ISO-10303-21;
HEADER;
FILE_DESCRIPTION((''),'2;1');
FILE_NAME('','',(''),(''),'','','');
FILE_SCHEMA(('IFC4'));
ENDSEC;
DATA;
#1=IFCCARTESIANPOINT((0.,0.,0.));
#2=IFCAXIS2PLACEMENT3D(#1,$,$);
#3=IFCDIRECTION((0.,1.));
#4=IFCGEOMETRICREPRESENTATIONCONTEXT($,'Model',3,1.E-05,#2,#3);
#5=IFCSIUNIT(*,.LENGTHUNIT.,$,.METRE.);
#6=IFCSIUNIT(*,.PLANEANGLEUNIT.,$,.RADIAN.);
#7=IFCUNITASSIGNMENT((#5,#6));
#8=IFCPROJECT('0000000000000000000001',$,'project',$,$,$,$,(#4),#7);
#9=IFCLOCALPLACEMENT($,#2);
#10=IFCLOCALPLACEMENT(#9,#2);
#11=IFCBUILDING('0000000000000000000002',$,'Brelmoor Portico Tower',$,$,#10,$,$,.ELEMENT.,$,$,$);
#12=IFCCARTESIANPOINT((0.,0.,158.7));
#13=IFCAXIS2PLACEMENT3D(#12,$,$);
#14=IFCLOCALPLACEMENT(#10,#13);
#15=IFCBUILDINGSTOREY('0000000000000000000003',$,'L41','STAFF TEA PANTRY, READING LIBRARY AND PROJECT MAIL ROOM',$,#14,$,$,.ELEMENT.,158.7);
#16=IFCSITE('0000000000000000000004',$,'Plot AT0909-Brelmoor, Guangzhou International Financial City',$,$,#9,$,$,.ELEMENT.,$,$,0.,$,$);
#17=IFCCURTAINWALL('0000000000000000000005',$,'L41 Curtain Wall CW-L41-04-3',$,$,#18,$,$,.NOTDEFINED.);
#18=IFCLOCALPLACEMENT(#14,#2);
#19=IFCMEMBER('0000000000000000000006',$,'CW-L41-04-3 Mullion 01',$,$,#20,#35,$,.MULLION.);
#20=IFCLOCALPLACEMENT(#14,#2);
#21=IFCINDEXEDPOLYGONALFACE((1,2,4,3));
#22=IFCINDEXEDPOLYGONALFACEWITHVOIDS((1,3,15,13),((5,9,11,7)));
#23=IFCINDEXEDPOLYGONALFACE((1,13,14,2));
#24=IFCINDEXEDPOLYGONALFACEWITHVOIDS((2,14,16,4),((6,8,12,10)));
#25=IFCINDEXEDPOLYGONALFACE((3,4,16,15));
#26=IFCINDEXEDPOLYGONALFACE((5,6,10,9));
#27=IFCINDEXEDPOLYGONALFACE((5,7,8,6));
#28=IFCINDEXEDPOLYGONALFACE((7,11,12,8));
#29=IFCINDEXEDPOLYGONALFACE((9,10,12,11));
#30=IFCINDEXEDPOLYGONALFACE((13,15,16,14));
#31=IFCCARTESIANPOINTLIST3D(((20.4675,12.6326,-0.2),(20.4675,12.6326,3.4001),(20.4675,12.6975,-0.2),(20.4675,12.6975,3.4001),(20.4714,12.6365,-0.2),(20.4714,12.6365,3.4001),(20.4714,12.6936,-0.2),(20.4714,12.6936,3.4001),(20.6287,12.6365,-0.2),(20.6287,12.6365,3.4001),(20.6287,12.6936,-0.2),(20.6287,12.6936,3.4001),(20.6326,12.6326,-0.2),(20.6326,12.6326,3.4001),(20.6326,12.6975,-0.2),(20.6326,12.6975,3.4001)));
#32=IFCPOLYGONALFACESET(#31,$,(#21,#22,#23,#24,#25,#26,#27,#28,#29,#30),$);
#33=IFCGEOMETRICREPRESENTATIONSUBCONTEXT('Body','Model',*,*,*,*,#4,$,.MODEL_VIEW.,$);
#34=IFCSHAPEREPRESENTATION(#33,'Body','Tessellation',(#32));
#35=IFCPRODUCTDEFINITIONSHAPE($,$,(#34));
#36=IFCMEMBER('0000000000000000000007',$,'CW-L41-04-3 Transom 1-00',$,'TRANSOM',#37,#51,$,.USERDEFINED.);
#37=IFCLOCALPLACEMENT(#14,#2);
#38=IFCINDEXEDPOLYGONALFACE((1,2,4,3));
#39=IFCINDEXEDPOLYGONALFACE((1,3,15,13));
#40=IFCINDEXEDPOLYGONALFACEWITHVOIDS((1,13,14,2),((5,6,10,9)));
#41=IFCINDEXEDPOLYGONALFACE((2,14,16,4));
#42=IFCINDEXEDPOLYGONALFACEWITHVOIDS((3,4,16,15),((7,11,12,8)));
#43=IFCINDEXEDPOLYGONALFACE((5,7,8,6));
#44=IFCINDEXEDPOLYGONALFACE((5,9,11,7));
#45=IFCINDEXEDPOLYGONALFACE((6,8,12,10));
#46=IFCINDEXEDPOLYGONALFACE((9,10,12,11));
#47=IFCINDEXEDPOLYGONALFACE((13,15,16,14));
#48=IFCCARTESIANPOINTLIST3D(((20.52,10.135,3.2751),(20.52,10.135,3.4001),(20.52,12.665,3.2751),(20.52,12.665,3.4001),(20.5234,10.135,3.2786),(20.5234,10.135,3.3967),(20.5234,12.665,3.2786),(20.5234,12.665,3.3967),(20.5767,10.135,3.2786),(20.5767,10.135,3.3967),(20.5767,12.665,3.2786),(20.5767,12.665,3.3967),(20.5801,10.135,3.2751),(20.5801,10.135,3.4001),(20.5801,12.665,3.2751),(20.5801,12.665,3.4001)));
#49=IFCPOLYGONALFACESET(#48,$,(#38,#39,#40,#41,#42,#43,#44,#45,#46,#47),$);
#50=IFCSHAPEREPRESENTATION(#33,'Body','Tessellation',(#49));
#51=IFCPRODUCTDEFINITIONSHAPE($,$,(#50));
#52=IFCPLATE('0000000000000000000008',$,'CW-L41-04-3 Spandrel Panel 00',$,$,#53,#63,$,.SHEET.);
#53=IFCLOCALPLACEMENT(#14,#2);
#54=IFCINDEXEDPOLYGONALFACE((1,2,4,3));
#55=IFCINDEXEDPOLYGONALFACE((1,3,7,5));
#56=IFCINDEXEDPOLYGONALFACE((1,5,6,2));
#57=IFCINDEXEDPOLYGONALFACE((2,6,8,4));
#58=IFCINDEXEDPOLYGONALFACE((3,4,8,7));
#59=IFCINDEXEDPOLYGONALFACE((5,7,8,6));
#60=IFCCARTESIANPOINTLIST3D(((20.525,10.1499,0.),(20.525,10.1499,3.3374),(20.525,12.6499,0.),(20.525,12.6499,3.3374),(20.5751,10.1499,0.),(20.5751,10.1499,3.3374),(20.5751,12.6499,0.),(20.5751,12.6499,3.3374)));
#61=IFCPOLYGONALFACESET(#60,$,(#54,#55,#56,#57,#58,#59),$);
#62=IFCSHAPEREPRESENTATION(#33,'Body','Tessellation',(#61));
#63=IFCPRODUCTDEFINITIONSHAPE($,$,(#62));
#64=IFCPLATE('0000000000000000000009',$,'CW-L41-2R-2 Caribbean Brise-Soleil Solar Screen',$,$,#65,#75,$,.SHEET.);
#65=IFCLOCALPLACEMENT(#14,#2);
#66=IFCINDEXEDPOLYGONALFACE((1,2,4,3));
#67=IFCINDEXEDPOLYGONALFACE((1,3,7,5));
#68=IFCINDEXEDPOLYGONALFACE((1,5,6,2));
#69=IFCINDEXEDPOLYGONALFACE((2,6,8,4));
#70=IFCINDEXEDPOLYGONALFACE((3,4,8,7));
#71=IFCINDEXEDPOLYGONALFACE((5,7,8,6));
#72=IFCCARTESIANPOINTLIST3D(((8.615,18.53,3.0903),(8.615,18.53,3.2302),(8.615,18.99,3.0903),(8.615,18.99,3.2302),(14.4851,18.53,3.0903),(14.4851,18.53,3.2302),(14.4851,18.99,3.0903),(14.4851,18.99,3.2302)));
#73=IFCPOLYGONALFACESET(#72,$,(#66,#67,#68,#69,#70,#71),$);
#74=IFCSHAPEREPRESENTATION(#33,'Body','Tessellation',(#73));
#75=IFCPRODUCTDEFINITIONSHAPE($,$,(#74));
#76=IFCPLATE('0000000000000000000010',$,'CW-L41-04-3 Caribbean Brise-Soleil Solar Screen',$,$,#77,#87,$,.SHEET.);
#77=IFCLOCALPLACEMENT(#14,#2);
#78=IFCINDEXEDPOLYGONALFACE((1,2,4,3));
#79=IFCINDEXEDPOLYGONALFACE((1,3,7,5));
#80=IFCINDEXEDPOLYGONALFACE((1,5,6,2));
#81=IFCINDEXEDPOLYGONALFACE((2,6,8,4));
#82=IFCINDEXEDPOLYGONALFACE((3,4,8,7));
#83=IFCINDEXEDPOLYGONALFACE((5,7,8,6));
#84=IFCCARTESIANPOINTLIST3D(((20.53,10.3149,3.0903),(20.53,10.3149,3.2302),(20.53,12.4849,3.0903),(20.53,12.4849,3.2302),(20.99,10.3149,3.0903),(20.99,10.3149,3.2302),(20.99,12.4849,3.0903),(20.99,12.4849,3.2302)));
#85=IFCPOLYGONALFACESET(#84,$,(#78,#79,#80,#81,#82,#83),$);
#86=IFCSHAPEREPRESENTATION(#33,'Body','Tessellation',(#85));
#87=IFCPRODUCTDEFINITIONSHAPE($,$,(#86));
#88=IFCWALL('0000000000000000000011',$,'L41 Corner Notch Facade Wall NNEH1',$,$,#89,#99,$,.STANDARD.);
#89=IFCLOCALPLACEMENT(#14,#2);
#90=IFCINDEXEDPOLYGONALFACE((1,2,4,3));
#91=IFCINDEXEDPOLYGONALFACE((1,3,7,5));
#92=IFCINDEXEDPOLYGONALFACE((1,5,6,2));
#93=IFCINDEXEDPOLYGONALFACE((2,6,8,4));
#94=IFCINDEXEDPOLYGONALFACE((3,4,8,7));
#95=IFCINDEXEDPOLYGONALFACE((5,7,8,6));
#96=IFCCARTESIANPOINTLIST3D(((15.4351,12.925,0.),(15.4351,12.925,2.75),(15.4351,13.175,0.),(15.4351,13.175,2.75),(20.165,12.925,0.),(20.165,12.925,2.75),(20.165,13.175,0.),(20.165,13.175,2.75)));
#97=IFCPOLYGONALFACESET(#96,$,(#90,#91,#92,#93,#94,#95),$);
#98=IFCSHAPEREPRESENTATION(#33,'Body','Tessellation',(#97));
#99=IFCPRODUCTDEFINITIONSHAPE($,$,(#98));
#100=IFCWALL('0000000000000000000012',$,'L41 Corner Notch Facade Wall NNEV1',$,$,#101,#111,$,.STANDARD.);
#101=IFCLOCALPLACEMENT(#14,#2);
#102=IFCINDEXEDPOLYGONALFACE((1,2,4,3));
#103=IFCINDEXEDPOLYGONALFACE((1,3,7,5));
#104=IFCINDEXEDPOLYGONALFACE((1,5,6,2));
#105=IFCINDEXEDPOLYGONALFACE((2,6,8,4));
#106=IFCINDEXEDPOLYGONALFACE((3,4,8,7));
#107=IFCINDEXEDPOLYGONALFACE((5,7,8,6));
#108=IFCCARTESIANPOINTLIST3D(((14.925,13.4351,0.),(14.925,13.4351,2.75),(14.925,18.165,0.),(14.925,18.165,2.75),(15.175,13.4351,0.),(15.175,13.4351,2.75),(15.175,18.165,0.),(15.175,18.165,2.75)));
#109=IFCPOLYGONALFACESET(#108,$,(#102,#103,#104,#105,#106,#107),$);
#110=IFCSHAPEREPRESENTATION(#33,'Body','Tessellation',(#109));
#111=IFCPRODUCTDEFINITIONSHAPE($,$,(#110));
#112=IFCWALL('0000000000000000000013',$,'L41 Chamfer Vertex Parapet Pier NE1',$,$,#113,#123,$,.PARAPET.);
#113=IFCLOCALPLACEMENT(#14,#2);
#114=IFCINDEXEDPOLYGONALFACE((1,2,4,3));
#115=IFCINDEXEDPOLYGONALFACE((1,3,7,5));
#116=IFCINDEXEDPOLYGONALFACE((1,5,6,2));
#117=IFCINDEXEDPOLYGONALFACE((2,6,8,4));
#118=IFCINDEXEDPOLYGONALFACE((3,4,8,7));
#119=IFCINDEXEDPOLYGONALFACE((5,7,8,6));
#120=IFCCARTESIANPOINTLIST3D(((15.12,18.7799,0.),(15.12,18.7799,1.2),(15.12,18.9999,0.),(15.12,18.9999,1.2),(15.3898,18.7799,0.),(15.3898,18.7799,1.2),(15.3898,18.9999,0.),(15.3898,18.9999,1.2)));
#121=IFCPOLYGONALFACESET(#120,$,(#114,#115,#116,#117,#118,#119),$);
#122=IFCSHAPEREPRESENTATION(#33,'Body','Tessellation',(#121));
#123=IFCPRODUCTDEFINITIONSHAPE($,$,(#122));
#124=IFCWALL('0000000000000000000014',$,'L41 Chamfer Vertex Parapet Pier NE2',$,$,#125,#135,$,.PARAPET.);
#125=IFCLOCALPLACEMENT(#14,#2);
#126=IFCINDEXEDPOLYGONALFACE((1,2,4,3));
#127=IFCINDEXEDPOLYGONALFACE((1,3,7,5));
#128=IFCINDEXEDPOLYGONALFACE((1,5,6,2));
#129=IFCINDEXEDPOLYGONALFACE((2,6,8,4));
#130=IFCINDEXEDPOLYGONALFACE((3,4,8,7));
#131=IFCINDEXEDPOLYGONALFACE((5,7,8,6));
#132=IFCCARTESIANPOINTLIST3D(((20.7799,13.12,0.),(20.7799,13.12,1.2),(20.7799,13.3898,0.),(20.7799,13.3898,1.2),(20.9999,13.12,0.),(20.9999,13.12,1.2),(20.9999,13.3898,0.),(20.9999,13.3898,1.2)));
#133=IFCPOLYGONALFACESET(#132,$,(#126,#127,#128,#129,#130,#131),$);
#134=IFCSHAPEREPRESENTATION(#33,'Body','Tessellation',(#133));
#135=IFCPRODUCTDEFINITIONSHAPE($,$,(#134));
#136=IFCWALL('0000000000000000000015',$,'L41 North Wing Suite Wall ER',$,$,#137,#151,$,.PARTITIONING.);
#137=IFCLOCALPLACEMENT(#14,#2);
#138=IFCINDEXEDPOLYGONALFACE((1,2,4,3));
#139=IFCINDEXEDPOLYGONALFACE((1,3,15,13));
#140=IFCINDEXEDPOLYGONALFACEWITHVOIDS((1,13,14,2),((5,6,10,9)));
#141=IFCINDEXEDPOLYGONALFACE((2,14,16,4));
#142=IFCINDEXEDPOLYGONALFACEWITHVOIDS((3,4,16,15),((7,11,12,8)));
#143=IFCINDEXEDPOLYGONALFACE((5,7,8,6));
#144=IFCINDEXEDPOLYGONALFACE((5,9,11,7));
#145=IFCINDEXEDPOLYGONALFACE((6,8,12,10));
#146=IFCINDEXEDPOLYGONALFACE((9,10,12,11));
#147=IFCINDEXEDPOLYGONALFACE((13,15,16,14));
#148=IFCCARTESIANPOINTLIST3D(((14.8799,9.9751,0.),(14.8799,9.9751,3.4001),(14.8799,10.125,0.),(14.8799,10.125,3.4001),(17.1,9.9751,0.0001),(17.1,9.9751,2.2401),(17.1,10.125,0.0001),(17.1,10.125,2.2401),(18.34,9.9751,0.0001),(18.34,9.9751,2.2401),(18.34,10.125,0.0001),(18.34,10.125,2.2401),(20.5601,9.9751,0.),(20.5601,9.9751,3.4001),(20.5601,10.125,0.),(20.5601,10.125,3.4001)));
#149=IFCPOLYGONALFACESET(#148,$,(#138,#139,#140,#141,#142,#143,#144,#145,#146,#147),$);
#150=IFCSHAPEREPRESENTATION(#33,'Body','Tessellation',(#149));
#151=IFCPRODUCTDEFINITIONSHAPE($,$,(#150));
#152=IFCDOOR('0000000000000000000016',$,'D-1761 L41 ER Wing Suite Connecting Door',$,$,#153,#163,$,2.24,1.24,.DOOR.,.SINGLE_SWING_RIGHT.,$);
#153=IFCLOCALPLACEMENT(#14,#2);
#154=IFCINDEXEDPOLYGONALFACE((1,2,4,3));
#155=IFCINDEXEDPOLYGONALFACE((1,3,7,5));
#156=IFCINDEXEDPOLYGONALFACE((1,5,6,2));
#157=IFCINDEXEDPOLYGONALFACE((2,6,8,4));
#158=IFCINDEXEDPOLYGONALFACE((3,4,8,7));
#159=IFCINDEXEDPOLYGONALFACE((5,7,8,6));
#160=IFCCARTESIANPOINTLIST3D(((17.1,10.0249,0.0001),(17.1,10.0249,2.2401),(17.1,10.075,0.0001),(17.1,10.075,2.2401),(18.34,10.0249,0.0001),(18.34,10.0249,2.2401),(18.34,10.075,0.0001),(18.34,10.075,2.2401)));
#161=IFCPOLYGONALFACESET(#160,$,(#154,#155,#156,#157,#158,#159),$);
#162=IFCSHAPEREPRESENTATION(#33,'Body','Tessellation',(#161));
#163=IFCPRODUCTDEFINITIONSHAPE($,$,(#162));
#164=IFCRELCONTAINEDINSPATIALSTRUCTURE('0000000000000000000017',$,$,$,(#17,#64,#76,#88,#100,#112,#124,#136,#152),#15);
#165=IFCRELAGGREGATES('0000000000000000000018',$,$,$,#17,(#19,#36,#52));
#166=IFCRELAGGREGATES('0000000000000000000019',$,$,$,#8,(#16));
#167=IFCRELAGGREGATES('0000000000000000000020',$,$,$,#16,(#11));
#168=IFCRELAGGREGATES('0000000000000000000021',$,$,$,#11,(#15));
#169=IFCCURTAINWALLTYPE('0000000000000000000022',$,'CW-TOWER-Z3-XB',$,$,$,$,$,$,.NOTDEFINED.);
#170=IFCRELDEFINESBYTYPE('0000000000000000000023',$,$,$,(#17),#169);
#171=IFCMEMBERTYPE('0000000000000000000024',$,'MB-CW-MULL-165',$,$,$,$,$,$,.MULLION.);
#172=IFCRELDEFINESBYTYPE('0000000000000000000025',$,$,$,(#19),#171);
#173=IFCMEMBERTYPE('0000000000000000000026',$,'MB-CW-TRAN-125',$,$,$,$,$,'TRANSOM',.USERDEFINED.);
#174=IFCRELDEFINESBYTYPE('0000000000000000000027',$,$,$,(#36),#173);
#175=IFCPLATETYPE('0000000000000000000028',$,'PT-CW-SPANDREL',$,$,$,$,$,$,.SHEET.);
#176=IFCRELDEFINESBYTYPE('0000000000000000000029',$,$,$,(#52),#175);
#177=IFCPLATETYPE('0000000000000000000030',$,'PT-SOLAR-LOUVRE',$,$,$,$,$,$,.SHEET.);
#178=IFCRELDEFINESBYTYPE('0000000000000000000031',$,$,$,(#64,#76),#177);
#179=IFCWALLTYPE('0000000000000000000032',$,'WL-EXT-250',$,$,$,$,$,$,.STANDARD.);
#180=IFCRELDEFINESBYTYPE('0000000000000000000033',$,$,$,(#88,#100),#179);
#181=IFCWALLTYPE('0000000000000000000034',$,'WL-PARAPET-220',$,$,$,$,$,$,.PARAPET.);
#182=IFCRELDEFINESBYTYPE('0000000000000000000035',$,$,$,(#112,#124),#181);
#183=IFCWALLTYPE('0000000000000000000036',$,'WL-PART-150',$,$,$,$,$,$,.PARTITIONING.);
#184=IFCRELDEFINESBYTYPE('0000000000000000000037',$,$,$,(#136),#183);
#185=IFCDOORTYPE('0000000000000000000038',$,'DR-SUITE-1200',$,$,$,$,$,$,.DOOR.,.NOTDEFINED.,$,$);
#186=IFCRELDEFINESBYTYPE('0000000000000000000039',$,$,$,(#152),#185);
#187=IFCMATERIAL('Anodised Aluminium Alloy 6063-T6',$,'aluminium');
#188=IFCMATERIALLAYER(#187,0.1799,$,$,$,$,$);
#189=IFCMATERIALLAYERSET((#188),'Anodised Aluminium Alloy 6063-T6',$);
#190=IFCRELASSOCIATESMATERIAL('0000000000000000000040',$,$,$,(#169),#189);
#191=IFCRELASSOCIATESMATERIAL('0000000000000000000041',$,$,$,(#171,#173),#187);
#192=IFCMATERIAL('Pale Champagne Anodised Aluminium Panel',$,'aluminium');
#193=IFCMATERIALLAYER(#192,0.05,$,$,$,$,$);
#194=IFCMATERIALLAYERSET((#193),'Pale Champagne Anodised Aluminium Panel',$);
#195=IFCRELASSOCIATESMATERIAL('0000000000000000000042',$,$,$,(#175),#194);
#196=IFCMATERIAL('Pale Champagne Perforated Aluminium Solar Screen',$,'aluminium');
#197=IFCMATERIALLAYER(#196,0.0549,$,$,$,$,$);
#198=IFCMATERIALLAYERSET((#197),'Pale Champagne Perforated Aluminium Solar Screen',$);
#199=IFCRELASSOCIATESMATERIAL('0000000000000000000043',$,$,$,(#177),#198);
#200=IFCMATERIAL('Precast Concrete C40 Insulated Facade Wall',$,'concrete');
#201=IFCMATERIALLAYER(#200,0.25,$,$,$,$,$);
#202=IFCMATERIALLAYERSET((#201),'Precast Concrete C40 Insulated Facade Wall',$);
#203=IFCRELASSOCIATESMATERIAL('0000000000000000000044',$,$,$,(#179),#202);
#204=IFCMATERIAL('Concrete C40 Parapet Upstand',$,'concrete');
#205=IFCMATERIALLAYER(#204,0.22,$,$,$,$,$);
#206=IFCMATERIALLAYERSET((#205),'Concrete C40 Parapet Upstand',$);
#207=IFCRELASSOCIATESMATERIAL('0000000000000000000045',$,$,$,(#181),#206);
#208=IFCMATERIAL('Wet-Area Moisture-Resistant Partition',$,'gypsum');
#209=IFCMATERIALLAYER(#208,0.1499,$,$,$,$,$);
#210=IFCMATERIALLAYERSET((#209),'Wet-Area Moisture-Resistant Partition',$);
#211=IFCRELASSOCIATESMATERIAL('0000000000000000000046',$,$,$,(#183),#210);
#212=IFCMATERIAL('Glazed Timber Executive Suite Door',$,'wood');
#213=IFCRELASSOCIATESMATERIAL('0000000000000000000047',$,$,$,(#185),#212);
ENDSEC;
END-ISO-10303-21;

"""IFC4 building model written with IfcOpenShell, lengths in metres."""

from ifc_helpers import new_model, si_unit, direction, frame, frame_2d, origin, origin_2d, place, context, subcontext, project, spatial, rectangle, hollow_rectangle, extrude, material, layer, layer_set, material_profile, profile_set, type_object, element, fill, aggregate, save


model = new_model("IFC4")

# Units and contexts
model_context = context("Model", 3, precision=1e-05, world=origin(), true_north=direction((0.0, 1.0)))
body_context = subcontext(model_context, "Body", "Model", "MODEL_VIEW")
ifc_project = project(units=[si_unit("LENGTHUNIT", "METRE"), si_unit("PLANEANGLEUNIT", "RADIAN")], contexts=[model_context])

# Site, building, storey
site_placement = place(None, origin())
site = spatial("IfcSite", under=ifc_project, at=site_placement, Name="Plot AT0909-Brelmoor, Guangzhou International Financial City", CompositionType="ELEMENT", RefElevation=0.0)
building_placement = place(site_placement, origin())
building = spatial("IfcBuilding", under=site, at=building_placement, Name="Brelmoor Portico Tower", CompositionType="ELEMENT")
storey_placement = place(building_placement, frame((0.0, 0.0, 158.7)))
storey = spatial("IfcBuildingStorey", under=building, at=storey_placement, Name="L41", Description="STAFF TEA PANTRY, READING LIBRARY AND PROJECT MAIL ROOM", CompositionType="ELEMENT", Elevation=158.7)

# Shared definitions
ifc_material_1 = material(Name="Anodised Aluminium Alloy 6063-T6", Category="aluminium")
ifc_layer_1 = layer(ifc_material_1, 0.1799)
ifc_layer_set_1 = layer_set([ifc_layer_1], Name="Anodised Aluminium Alloy 6063-T6")
curtain_wall_type = type_object("IfcCurtainWallType", Name="CW-TOWER-Z3-XB", PredefinedType="NOTDEFINED", material=ifc_layer_set_1)
ifc_material_profile_1 = material_profile(ifc_material_1, hollow_rectangle(XDim=0.0649, YDim=0.165, WallThickness=0.0039, at=origin_2d()), Name="ALU MULLION 65x165")
ifc_profile_set_1 = profile_set([ifc_material_profile_1], Name="Anodised Aluminium Alloy 6063-T6")
member_type_1 = type_object("IfcMemberType", Name="MB-CW-MULL-165", PredefinedType="MULLION", material=ifc_profile_set_1)

# Curtain wall, members, plate
curtain_wall_1_placement = place(storey_placement, origin())
curtain_wall_1 = element("IfcCurtainWall", 1, at=curtain_wall_1_placement, inside=storey, type_object=curtain_wall_type, Name="L41 Curtain Wall CW-L41-04-3", PredefinedType="NOTDEFINED")
member_1_placement = place(storey_placement, frame((20.55, 12.665, -0.2), z_axis=(0.0, 0.0, 1.0), x_axis=(0.0, 1.0, 0.0)))
member_1 = element("IfcMember", 2, at=member_1_placement, type_object=member_type_1, Name="CW-L41-04-3 Mullion 01", PredefinedType="MULLION", context=body_context, shape_type="SweptSolid", body=[
    extrude(hollow_rectangle(XDim=0.0649, YDim=0.165, WallThickness=0.0039, at=origin_2d()), origin(), (0.0, 0.0, 1.0), 3.6001),
])
ifc_material_profile_2 = material_profile(ifc_material_1, hollow_rectangle(XDim=0.0601, YDim=0.125, WallThickness=0.0034, at=origin_2d()), Name="ALU TRANSOM 60x125")
ifc_profile_set_2 = profile_set([ifc_material_profile_2], Name="Anodised Aluminium Alloy 6063-T6")
member_type_2 = type_object("IfcMemberType", Name="MB-CW-TRAN-125", ElementType="TRANSOM", PredefinedType="USERDEFINED", material=ifc_profile_set_2)
member_2_placement = place(storey_placement, frame((20.55, 10.135, 3.3376), z_axis=(0.0, 1.0, 0.0), x_axis=(-1.0, 0.0, 0.0)))
member_2 = element("IfcMember", 3, at=member_2_placement, type_object=member_type_2, Name="CW-L41-04-3 Transom 1-00", ObjectType="TRANSOM", PredefinedType="USERDEFINED", context=body_context, shape_type="SweptSolid", body=[
    extrude(hollow_rectangle(XDim=0.0601, YDim=0.125, WallThickness=0.0034, at=origin_2d()), origin(), (0.0, 0.0, 1.0), 2.53),
])
ifc_material_2 = material(Name="Pale Champagne Anodised Aluminium Panel", Category="aluminium")
ifc_layer_2 = layer(ifc_material_2, 0.05)
ifc_layer_set_2 = layer_set([ifc_layer_2], Name="Pale Champagne Anodised Aluminium Panel")
plate_type_1 = type_object("IfcPlateType", Name="PT-CW-SPANDREL", PredefinedType="SHEET", material=ifc_layer_set_2)
plate_1_placement = place(storey_placement, frame((20.55, 11.3999, 0.0), z_axis=(0.0, 0.0, 1.0), x_axis=(0.0, 1.0, 0.0)))
plate_1 = element("IfcPlate", 4, at=plate_1_placement, type_object=plate_type_1, Name="CW-L41-04-3 Spandrel Panel 00", PredefinedType="SHEET", context=body_context, shape_type="SweptSolid", body=[
    extrude(rectangle(XDim=2.5, YDim=0.05, at=origin_2d()), origin(), (0.0, 0.0, 1.0), 3.3374),
])
aggregate(curtain_wall_1, [member_1, member_2, plate_1])

# Plates
ifc_material_3 = material(Name="Pale Champagne Perforated Aluminium Solar Screen", Category="aluminium")
ifc_layer_3 = layer(ifc_material_3, 0.0549)
ifc_layer_set_3 = layer_set([ifc_layer_3], Name="Pale Champagne Perforated Aluminium Solar Screen")
plate_type_2 = type_object("IfcPlateType", Name="PT-SOLAR-LOUVRE", PredefinedType="SHEET", material=ifc_layer_set_3)
plate_2_placement = place(storey_placement, frame((11.55, 18.76, 3.0903), z_axis=(0.0, 0.0, 1.0), x_axis=(1.0, 0.0, 0.0)))
element("IfcPlate", 5, at=plate_2_placement, inside=storey, type_object=plate_type_2, Name="CW-L41-2R-2 Caribbean Brise-Soleil Solar Screen", PredefinedType="SHEET", context=body_context, shape_type="SweptSolid", body=[
    extrude(rectangle(XDim=5.8701, YDim=0.46, at=origin_2d()), origin(), (0.0, 0.0, 1.0), 0.1399),
])
plate_3_placement = place(storey_placement, frame((20.76, 11.3999, 3.0903), z_axis=(0.0, 0.0, 1.0), x_axis=(0.0, 1.0, 0.0)))
element("IfcPlate", 6, at=plate_3_placement, inside=storey, type_object=plate_type_2, Name="CW-L41-04-3 Caribbean Brise-Soleil Solar Screen", PredefinedType="SHEET", context=body_context, shape_type="SweptSolid", body=[
    extrude(rectangle(XDim=2.1699, YDim=0.46, at=origin_2d()), origin(), (0.0, 0.0, 1.0), 0.1399),
])

# Walls
ifc_material_4 = material(Name="Precast Concrete C40 Insulated Facade Wall", Category="concrete")
ifc_layer_4 = layer(ifc_material_4, 0.25)
ifc_layer_set_4 = layer_set([ifc_layer_4], Name="Precast Concrete C40 Insulated Facade Wall")
wall_type_1 = type_object("IfcWallType", Name="WL-EXT-250", PredefinedType="STANDARD", material=ifc_layer_set_4)
for number, where, z_axis, x_axis, name in (
    (7, (15.4351, 13.05, 0.0), (0.0, 0.0, 1.0), (1.0, 0.0, 0.0), "L41 Corner Notch Facade Wall NNEH1"),
    (8, (15.05, 13.4351, 0.0), (0.0, 0.0, 1.0), (0.0, 1.0, 0.0), "L41 Corner Notch Facade Wall NNEV1"),
):
    element("IfcWall", number, at=place(storey_placement, frame(where, z_axis=z_axis, x_axis=x_axis)), inside=storey, type_object=wall_type_1, Name=name, PredefinedType="STANDARD", context=body_context, shape_type="SweptSolid", body=[
        extrude(rectangle(XDim=4.73, YDim=0.25, at=frame_2d((2.365, 0.0))), origin(), (0.0, 0.0, 1.0), 2.75),
    ])
ifc_material_5 = material(Name="Concrete C40 Parapet Upstand", Category="concrete")
ifc_layer_5 = layer(ifc_material_5, 0.22)
ifc_layer_set_5 = layer_set([ifc_layer_5], Name="Concrete C40 Parapet Upstand")
wall_type_2 = type_object("IfcWallType", Name="WL-PARAPET-220", PredefinedType="PARAPET", material=ifc_layer_set_5)
for number, where, z_axis, x_axis, name in (
    (9, (15.1201, 18.8899, 0.0), (0.0, 0.0, 1.0), (1.0, 0.0, 0.0), "L41 Chamfer Vertex Parapet Pier NE1"),
    (10, (20.8899, 13.1201, 0.0), (0.0, 0.0, 1.0), (0.0, 1.0, 0.0), "L41 Chamfer Vertex Parapet Pier NE2"),
):
    element("IfcWall", number, at=place(storey_placement, frame(where, z_axis=z_axis, x_axis=x_axis)), inside=storey, type_object=wall_type_2, Name=name, PredefinedType="PARAPET", context=body_context, shape_type="SweptSolid", body=[
        extrude(rectangle(XDim=0.2698, YDim=0.22, at=frame_2d((0.1348, 0.0))), origin(), (0.0, 0.0, 1.0), 1.2),
    ])

# Wall, opening, door
ifc_material_6 = material(Name="Wet-Area Moisture-Resistant Partition", Category="gypsum")
ifc_layer_6 = layer(ifc_material_6, 0.1499)
ifc_layer_set_6 = layer_set([ifc_layer_6], Name="Wet-Area Moisture-Resistant Partition")
wall_type_3 = type_object("IfcWallType", Name="WL-PART-150", PredefinedType="PARTITIONING", material=ifc_layer_set_6)
wall_placement = place(storey_placement, frame((14.8799, 10.05, 0.0), z_axis=(0.0, 0.0, 1.0), x_axis=(1.0, 0.0, 0.0)))
wall = element("IfcWall", 11, at=wall_placement, inside=storey, type_object=wall_type_3, Name="L41 North Wing Suite Wall ER", PredefinedType="PARTITIONING", context=body_context, shape_type="SweptSolid", body=[
    extrude(rectangle(XDim=5.6802, YDim=0.1499, at=frame_2d((2.8401, 0.0))), origin(), (0.0, 0.0, 1.0), 3.4001),
])
opening_placement = place(wall_placement, frame((2.22, 0.0, 0.0)))
opening = element("IfcOpeningElement", 12, at=opening_placement, cuts=wall, PredefinedType="OPENING", context=body_context, shape_type="SweptSolid", body=[
    extrude(rectangle(XDim=1.24, YDim=2.24, at=frame_2d((0.6201, 1.1201))), frame((0.0, 0.085, 0.0), z_axis=(0.0, -1.0, 0.0), x_axis=(1.0, 0.0, 0.0)), (0.0, 0.0, 1.0), 0.1699),
])
ifc_material_7 = material(Name="Glazed Timber Executive Suite Door", Category="wood")
door_type = type_object("IfcDoorType", Name="DR-SUITE-1200", OperationType="NOTDEFINED", PredefinedType="DOOR", material=ifc_material_7)
door_placement = place(opening_placement, origin())
door = element("IfcDoor", 13, at=door_placement, inside=storey, type_object=door_type, Name="D-1761 L41 ER Wing Suite Connecting Door", OperationType="SINGLE_SWING_RIGHT", OverallHeight=2.24, OverallWidth=1.24, PredefinedType="DOOR", context=body_context, shape_type="SweptSolid", body=[
    extrude(rectangle(XDim=1.24, YDim=2.24, at=frame_2d((0.6201, 1.1201))), frame((0.0, 0.0249, 0.0), z_axis=(0.0, -1.0, 0.0), x_axis=(1.0, 0.0, 0.0)), (0.0, 0.0, 1.0), 0.05),
])
fill(opening, door)

save(model, "model.ifc")
